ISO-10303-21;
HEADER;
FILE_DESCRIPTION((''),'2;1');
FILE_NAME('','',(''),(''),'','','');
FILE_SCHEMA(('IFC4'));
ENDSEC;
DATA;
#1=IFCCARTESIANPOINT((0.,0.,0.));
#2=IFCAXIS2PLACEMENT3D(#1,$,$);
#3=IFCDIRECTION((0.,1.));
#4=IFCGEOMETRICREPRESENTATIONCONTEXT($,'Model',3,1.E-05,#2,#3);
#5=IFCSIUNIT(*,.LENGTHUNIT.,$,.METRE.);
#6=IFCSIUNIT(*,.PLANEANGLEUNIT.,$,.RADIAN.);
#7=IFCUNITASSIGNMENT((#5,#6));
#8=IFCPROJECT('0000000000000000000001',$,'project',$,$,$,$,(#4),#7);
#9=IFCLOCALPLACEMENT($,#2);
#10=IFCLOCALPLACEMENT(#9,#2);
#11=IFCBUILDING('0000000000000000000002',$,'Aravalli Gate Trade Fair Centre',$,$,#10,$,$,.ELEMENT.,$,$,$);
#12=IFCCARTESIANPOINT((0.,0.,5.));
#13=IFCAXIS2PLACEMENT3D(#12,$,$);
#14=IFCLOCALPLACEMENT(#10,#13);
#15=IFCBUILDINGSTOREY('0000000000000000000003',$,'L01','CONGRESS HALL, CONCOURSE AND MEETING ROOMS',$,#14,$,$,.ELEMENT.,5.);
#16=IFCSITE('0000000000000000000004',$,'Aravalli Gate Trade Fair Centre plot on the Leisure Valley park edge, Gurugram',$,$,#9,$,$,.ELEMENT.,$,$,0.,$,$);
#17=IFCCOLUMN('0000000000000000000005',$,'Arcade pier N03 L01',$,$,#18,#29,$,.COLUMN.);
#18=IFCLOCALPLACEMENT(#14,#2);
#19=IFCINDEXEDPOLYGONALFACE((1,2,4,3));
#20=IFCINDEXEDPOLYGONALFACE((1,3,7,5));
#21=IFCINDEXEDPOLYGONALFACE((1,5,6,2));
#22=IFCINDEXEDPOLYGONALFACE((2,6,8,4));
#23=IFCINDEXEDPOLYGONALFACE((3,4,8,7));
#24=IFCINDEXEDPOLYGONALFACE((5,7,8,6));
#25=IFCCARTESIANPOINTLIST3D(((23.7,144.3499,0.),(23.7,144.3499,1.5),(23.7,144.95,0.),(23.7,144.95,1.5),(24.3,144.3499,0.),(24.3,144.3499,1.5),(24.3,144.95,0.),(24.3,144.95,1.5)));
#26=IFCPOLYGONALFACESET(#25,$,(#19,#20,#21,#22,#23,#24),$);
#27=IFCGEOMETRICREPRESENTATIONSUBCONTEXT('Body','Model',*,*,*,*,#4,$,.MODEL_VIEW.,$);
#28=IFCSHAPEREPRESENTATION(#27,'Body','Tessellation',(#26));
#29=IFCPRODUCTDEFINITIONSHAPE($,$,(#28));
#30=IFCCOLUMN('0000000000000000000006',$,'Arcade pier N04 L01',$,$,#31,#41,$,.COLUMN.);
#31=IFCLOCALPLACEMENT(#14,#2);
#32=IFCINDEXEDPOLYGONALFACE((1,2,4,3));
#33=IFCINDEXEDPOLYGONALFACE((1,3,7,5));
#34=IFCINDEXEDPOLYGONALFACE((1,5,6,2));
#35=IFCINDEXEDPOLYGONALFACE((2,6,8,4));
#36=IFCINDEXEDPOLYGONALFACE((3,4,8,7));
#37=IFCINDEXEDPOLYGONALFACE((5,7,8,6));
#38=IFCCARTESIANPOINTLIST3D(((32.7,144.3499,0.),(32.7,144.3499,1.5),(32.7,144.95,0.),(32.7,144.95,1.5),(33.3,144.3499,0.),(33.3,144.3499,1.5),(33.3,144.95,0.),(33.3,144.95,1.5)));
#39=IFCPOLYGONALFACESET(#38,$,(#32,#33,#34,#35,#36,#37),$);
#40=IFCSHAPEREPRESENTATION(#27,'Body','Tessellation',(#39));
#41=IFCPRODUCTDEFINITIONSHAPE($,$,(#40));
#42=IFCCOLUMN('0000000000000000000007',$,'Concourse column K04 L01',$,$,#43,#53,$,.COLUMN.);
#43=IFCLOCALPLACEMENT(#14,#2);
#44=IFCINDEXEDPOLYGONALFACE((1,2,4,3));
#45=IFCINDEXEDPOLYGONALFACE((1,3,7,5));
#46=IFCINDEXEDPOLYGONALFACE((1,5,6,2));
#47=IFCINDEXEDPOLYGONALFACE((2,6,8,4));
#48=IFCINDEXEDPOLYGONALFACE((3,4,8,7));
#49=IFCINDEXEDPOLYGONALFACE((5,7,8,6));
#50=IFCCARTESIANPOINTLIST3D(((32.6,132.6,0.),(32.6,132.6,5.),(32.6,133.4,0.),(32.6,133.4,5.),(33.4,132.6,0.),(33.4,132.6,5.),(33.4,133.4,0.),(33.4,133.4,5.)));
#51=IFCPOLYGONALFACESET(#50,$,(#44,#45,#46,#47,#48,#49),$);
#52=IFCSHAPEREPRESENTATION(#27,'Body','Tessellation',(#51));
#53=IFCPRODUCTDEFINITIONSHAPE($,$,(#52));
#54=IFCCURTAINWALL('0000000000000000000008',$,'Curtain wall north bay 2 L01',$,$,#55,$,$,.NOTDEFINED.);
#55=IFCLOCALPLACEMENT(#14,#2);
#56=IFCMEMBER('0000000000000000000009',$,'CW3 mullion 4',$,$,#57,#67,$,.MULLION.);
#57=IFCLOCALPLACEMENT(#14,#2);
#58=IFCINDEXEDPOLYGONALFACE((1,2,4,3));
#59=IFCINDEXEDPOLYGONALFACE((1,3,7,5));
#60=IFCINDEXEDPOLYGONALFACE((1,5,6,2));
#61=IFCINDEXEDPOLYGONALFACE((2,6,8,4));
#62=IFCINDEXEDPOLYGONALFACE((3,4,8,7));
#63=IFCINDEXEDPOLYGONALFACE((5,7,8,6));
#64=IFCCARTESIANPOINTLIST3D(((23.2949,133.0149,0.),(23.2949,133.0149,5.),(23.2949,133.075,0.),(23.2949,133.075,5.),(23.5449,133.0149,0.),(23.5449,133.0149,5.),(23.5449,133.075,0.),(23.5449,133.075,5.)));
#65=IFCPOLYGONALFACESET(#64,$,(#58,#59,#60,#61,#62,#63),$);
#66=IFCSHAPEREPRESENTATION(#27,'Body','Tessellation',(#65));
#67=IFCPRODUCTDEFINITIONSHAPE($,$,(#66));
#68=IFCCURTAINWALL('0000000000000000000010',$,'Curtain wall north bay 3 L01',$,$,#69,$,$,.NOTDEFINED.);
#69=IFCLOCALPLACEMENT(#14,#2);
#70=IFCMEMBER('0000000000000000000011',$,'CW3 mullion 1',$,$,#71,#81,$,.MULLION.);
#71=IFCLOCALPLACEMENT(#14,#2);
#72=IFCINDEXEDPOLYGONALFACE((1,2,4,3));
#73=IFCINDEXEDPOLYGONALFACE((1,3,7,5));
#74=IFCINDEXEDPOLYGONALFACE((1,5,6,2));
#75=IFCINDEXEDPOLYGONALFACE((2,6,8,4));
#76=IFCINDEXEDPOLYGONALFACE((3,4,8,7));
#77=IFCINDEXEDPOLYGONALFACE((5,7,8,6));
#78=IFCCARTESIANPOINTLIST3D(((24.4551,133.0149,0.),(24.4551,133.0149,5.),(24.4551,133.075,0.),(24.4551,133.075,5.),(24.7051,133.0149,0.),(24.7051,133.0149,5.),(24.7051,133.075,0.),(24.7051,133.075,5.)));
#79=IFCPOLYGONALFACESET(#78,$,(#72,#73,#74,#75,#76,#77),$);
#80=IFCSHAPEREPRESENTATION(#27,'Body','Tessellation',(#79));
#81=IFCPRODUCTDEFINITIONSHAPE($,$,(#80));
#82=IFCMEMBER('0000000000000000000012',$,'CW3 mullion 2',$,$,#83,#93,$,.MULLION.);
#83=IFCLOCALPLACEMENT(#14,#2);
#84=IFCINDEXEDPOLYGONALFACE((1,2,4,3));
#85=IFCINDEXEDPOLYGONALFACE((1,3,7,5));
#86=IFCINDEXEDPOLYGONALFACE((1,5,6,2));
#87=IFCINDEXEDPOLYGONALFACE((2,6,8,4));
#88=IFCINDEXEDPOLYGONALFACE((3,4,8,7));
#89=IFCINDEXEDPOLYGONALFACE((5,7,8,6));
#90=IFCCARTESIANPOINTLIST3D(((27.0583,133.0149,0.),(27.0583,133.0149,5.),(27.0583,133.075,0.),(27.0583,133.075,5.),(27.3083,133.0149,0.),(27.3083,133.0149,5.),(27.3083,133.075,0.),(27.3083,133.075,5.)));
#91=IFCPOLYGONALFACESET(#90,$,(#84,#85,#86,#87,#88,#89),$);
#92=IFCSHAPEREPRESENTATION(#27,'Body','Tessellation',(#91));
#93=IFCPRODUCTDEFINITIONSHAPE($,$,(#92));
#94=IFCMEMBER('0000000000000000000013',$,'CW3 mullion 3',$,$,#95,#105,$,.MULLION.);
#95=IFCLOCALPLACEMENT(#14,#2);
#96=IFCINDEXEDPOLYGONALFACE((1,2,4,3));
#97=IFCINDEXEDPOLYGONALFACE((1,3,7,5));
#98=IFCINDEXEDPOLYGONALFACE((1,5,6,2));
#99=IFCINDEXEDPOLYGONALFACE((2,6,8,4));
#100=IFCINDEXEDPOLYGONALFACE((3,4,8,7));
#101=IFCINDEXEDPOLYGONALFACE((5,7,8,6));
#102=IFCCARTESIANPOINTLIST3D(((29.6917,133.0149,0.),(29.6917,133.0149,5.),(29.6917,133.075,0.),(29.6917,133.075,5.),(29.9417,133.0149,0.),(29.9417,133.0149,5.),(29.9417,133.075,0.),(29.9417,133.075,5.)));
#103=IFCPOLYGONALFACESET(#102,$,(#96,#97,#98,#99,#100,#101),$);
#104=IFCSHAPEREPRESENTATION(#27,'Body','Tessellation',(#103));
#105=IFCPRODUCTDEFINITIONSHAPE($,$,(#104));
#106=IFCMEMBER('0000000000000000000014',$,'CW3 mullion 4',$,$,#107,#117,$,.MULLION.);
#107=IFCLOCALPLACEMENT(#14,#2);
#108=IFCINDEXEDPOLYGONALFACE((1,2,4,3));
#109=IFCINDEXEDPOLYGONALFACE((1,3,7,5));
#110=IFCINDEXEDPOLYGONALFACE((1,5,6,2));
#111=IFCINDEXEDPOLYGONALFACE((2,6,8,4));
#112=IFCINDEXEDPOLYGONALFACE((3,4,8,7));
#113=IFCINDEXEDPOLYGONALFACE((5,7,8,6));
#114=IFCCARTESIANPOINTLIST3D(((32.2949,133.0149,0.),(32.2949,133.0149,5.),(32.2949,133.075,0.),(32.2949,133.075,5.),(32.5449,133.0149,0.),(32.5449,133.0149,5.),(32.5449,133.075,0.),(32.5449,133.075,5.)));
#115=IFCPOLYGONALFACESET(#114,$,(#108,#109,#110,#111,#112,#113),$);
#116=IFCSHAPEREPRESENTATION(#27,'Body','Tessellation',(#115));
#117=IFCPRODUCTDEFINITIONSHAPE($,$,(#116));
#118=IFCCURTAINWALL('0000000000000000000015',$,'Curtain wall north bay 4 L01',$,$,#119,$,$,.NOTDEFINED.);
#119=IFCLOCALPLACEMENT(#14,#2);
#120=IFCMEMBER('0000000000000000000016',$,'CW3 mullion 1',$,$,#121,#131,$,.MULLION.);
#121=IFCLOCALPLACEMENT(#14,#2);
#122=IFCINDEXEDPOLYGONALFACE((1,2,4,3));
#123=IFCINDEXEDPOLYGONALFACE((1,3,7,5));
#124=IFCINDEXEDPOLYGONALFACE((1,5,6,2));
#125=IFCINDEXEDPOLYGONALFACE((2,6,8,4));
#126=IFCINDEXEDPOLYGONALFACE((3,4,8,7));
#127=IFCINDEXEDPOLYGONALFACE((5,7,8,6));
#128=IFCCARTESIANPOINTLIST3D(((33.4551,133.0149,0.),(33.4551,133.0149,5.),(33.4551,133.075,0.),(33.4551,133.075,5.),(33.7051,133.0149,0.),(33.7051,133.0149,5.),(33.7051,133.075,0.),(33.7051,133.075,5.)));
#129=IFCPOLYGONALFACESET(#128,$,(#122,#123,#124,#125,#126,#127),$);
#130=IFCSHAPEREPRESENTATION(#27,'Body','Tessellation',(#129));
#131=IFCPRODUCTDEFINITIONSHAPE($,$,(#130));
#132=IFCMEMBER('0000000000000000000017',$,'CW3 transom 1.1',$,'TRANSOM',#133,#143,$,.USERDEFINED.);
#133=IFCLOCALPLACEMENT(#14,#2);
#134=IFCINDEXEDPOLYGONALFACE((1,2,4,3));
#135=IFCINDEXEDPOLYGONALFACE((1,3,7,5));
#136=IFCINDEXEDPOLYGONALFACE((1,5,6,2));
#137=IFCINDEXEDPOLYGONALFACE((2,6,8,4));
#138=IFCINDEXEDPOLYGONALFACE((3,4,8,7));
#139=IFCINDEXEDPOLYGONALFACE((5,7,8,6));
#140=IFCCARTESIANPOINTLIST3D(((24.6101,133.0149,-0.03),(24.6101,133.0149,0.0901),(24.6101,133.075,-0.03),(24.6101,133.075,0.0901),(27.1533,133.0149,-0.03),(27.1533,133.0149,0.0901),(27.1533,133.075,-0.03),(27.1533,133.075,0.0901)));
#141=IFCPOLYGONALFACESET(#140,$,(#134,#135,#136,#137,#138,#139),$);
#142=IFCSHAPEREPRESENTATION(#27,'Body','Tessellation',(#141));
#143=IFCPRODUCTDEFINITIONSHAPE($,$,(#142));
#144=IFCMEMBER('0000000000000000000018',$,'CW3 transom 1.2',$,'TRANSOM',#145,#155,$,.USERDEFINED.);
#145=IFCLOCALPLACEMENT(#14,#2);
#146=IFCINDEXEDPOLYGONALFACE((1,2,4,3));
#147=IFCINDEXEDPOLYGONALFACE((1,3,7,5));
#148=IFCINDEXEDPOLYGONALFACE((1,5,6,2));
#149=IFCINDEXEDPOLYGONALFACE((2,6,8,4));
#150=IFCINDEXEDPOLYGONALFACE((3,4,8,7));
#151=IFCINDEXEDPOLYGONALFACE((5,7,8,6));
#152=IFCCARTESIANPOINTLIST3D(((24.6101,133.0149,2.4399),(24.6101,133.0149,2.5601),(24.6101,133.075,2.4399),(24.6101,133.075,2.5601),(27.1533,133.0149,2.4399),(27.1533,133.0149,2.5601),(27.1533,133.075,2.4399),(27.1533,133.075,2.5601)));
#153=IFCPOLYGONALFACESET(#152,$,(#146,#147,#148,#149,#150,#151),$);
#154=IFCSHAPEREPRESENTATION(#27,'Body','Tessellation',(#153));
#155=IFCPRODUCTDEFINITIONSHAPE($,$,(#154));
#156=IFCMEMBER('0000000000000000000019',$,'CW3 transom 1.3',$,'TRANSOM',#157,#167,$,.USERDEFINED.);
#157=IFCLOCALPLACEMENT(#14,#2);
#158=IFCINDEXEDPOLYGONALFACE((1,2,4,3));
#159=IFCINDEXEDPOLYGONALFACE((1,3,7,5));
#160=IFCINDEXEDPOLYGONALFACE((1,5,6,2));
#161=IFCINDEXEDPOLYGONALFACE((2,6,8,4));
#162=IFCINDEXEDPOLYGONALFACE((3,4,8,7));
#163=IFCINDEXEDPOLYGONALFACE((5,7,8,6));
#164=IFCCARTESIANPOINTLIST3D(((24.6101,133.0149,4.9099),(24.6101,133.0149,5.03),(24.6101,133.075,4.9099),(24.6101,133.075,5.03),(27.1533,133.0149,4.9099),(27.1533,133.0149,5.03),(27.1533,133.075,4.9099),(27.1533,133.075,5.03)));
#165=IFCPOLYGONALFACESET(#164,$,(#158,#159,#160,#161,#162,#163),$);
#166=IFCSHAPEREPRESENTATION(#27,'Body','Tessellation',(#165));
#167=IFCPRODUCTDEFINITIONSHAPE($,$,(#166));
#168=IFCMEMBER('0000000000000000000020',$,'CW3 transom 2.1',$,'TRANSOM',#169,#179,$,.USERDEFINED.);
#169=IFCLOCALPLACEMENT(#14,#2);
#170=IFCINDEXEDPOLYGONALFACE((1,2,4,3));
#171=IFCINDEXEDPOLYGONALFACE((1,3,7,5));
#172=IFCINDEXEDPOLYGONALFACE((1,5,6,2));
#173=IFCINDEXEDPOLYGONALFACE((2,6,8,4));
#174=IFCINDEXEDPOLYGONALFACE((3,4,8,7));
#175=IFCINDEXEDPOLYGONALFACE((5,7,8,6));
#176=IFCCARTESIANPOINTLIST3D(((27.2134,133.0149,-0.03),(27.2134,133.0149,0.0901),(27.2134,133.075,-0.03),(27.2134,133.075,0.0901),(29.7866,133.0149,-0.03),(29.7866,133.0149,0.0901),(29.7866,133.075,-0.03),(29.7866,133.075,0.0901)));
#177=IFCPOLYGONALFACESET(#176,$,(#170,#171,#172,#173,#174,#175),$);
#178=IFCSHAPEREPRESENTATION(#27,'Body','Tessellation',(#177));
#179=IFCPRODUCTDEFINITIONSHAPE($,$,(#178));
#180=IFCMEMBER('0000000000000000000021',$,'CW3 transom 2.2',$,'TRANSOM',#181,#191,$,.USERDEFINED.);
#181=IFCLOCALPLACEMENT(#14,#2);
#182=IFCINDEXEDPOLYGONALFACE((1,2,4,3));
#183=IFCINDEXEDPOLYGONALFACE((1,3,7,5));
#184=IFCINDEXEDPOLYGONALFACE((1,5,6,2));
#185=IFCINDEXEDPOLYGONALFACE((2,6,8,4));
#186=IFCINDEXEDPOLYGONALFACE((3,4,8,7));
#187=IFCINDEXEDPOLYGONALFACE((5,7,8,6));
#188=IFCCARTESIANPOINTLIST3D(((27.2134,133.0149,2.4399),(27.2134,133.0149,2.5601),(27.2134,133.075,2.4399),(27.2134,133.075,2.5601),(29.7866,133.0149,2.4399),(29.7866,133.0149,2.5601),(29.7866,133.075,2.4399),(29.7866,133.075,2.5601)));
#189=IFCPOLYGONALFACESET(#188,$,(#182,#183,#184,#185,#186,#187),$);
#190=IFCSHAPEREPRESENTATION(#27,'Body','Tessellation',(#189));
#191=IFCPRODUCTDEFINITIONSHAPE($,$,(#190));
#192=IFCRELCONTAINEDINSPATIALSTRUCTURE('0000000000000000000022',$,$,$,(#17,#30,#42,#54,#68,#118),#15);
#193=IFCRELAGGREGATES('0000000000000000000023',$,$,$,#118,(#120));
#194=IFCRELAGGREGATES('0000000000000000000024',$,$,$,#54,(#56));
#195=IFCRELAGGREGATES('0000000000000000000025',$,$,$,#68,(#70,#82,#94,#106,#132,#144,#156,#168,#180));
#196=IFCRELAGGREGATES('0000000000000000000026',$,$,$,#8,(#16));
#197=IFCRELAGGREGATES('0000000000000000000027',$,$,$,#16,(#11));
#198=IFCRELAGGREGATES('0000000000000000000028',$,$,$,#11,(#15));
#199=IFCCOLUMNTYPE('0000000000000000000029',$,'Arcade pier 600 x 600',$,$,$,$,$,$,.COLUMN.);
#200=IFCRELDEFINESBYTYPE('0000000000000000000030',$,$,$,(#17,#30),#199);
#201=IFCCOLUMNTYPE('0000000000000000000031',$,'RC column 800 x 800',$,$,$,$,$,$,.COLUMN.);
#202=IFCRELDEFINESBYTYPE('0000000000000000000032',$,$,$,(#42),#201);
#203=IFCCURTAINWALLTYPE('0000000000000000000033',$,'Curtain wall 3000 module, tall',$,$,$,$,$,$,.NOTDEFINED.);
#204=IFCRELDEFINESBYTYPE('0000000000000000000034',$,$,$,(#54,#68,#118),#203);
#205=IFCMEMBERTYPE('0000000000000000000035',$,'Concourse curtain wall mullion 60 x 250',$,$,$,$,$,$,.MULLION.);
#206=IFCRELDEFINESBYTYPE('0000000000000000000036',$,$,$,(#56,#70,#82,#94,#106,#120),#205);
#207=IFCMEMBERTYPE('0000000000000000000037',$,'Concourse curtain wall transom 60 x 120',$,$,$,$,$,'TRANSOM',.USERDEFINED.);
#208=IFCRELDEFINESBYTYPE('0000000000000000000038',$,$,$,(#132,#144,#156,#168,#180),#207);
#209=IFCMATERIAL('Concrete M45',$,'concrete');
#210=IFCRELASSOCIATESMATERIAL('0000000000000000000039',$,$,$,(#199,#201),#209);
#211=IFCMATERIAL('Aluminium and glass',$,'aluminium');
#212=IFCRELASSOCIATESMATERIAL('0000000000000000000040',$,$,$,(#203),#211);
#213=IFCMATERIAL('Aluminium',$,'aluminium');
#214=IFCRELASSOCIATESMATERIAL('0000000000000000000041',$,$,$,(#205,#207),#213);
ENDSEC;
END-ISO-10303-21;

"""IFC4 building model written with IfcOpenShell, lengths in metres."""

from ifc_helpers import new_model, si_unit, direction, frame, origin, origin_2d, place, context, subcontext, project, spatial, rectangle, extrude, material, material_profile, profile_set, type_object, element, aggregate, save


model = new_model("IFC4")

# Units and contexts
model_context = context("Model", 3, precision=1e-05, world=origin(), true_north=direction((0.0, 1.0)))
body_context = subcontext(model_context, "Body", "Model", "MODEL_VIEW")
ifc_project = project(units=[si_unit("LENGTHUNIT", "METRE"), si_unit("PLANEANGLEUNIT", "RADIAN")], contexts=[model_context])

# Site, building, storey
site_placement = place(None, origin())
site = spatial("IfcSite", under=ifc_project, at=site_placement, Name="Aravalli Gate Trade Fair Centre plot on the Leisure Valley park edge, Gurugram", CompositionType="ELEMENT", RefElevation=0.0)
building_placement = place(site_placement, origin())
building = spatial("IfcBuilding", under=site, at=building_placement, Name="Aravalli Gate Trade Fair Centre", CompositionType="ELEMENT")
storey_placement = place(building_placement, frame((0.0, 0.0, 5.0)))
storey = spatial("IfcBuildingStorey", under=building, at=storey_placement, Name="L01", Description="CONGRESS HALL, CONCOURSE AND MEETING ROOMS", CompositionType="ELEMENT", Elevation=5.0)

# Columns
ifc_material_1 = material(Name="Concrete M45", Category="concrete")
ifc_material_profile_1 = material_profile(ifc_material_1, rectangle(XDim=0.6001, YDim=0.6001, at=origin_2d()), Name="Arcade pier 600 x 600")
ifc_profile_set_1 = profile_set([ifc_material_profile_1], Name="Concrete M45")
column_type_1 = type_object("IfcColumnType", Name="Arcade pier 600 x 600", PredefinedType="COLUMN", material=ifc_profile_set_1)
for number, where, z_axis, x_axis, name in (
    (1, (24.0, 144.6499, 0.0), (0.0, 0.0, 1.0), (1.0, 0.0, 0.0), "Arcade pier N03 L01"),
    (2, (33.0, 144.6499, 0.0), (0.0, 0.0, 1.0), (1.0, 0.0, 0.0), "Arcade pier N04 L01"),
):
    element("IfcColumn", number, at=place(storey_placement, frame(where, z_axis=z_axis, x_axis=x_axis)), inside=storey, type_object=column_type_1, Name=name, PredefinedType="COLUMN", context=body_context, shape_type="SweptSolid", body=[
        extrude(rectangle(XDim=0.6001, YDim=0.6001, at=origin_2d()), origin(), (0.0, 0.0, 1.0), 1.5),
    ])
ifc_material_profile_2 = material_profile(ifc_material_1, rectangle(XDim=0.8, YDim=0.8, at=origin_2d()), Name="RC column 800 x 800")
ifc_profile_set_2 = profile_set([ifc_material_profile_2], Name="Concrete M45")
column_type_2 = type_object("IfcColumnType", Name="RC column 800 x 800", PredefinedType="COLUMN", material=ifc_profile_set_2)
column_placement = place(storey_placement, frame((33.0, 133.0, 0.0), z_axis=(0.0, 0.0, 1.0), x_axis=(1.0, 0.0, 0.0)))
element("IfcColumn", 3, at=column_placement, inside=storey, type_object=column_type_2, Name="Concourse column K04 L01", PredefinedType="COLUMN", context=body_context, shape_type="SweptSolid", body=[
    extrude(rectangle(XDim=0.8, YDim=0.8, at=origin_2d()), origin(), (0.0, 0.0, 1.0), 5.0),
])

# Curtain wall, member
ifc_material_2 = material(Name="Aluminium and glass", Category="aluminium")
curtain_wall_type = type_object("IfcCurtainWallType", Name="Curtain wall 3000 module, tall", PredefinedType="NOTDEFINED", material=ifc_material_2)
curtain_wall_1_placement = place(storey_placement, origin())
curtain_wall_1 = element("IfcCurtainWall", 4, at=curtain_wall_1_placement, inside=storey, type_object=curtain_wall_type, Name="Curtain wall north bay 2 L01", PredefinedType="NOTDEFINED")
ifc_material_3 = material(Name="Aluminium", Category="aluminium")
ifc_material_profile_3 = material_profile(ifc_material_3, rectangle(XDim=0.0601, YDim=0.25, at=origin_2d()), Name="Concourse curtain wall mullion 60 x 250")
ifc_profile_set_3 = profile_set([ifc_material_profile_3], Name="Aluminium")
member_type_1 = type_object("IfcMemberType", Name="Concourse curtain wall mullion 60 x 250", PredefinedType="MULLION", material=ifc_profile_set_3)
member_1_placement = place(storey_placement, frame((23.4199, 133.0449, 0.0), z_axis=(0.0, 0.0, 1.0), x_axis=(0.0, 1.0, 0.0)))
member_1 = element("IfcMember", 5, at=member_1_placement, type_object=member_type_1, Name="CW3 mullion 4", PredefinedType="MULLION", context=body_context, shape_type="SweptSolid", body=[
    extrude(rectangle(XDim=0.0601, YDim=0.25, at=origin_2d()), origin(), (0.0, 0.0, 1.0), 5.0),
])

# Curtain wall, members
curtain_wall_2_placement = place(storey_placement, origin())
curtain_wall_2 = element("IfcCurtainWall", 6, at=curtain_wall_2_placement, inside=storey, type_object=curtain_wall_type, Name="Curtain wall north bay 3 L01", PredefinedType="NOTDEFINED")
member_2_placement = place(storey_placement, frame((24.5801, 133.0449, 0.0), z_axis=(0.0, 0.0, 1.0), x_axis=(0.0, 1.0, 0.0)))
member_2 = element("IfcMember", 7, at=member_2_placement, type_object=member_type_1, Name="CW3 mullion 1", PredefinedType="MULLION", context=body_context, shape_type="SweptSolid", body=[
    extrude(rectangle(XDim=0.0601, YDim=0.25, at=origin_2d()), origin(), (0.0, 0.0, 1.0), 5.0),
])
member_3_placement = place(storey_placement, frame((27.1833, 133.0449, 0.0), z_axis=(0.0, 0.0, 1.0), x_axis=(0.0, 1.0, 0.0)))
member_3 = element("IfcMember", 8, at=member_3_placement, type_object=member_type_1, Name="CW3 mullion 2", PredefinedType="MULLION", context=body_context, shape_type="SweptSolid", body=[
    extrude(rectangle(XDim=0.0601, YDim=0.25, at=origin_2d()), origin(), (0.0, 0.0, 1.0), 5.0),
])
member_4_placement = place(storey_placement, frame((29.8167, 133.0449, 0.0), z_axis=(0.0, 0.0, 1.0), x_axis=(0.0, 1.0, 0.0)))
member_4 = element("IfcMember", 9, at=member_4_placement, type_object=member_type_1, Name="CW3 mullion 3", PredefinedType="MULLION", context=body_context, shape_type="SweptSolid", body=[
    extrude(rectangle(XDim=0.0601, YDim=0.25, at=origin_2d()), origin(), (0.0, 0.0, 1.0), 5.0),
])
member_5_placement = place(storey_placement, frame((32.4199, 133.0449, 0.0), z_axis=(0.0, 0.0, 1.0), x_axis=(0.0, 1.0, 0.0)))
member_5 = element("IfcMember", 10, at=member_5_placement, type_object=member_type_1, Name="CW3 mullion 4", PredefinedType="MULLION", context=body_context, shape_type="SweptSolid", body=[
    extrude(rectangle(XDim=0.0601, YDim=0.25, at=origin_2d()), origin(), (0.0, 0.0, 1.0), 5.0),
])

# Curtain wall, member
curtain_wall_3_placement = place(storey_placement, origin())
curtain_wall_3 = element("IfcCurtainWall", 11, at=curtain_wall_3_placement, inside=storey, type_object=curtain_wall_type, Name="Curtain wall north bay 4 L01", PredefinedType="NOTDEFINED")
member_6_placement = place(storey_placement, frame((33.5801, 133.0449, 0.0), z_axis=(0.0, 0.0, 1.0), x_axis=(0.0, 1.0, 0.0)))
member_6 = element("IfcMember", 12, at=member_6_placement, type_object=member_type_1, Name="CW3 mullion 1", PredefinedType="MULLION", context=body_context, shape_type="SweptSolid", body=[
    extrude(rectangle(XDim=0.0601, YDim=0.25, at=origin_2d()), origin(), (0.0, 0.0, 1.0), 5.0),
])

# Members
ifc_material_profile_4 = material_profile(ifc_material_3, rectangle(XDim=0.0601, YDim=0.1201, at=origin_2d()), Name="Concourse curtain wall transom 60 x 120")
ifc_profile_set_4 = profile_set([ifc_material_profile_4], Name="Aluminium")
member_type_2 = type_object("IfcMemberType", Name="Concourse curtain wall transom 60 x 120", ElementType="TRANSOM", PredefinedType="USERDEFINED", material=ifc_profile_set_4)
member_7_placement = place(storey_placement, frame((24.6101, 133.0449, 0.03), z_axis=(1.0, 0.0, 0.0), x_axis=(0.0, 1.0, 0.0)))
member_7 = element("IfcMember", 13, at=member_7_placement, type_object=member_type_2, Name="CW3 transom 1.1", ObjectType="TRANSOM", PredefinedType="USERDEFINED", context=body_context, shape_type="SweptSolid", body=[
    extrude(rectangle(XDim=0.0601, YDim=0.1201, at=origin_2d()), origin(), (0.0, 0.0, 1.0), 2.5432),
])
member_8_placement = place(storey_placement, frame((24.6101, 133.0449, 2.5), z_axis=(1.0, 0.0, 0.0), x_axis=(0.0, 1.0, 0.0)))
member_8 = element("IfcMember", 14, at=member_8_placement, type_object=member_type_2, Name="CW3 transom 1.2", ObjectType="TRANSOM", PredefinedType="USERDEFINED", context=body_context, shape_type="SweptSolid", body=[
    extrude(rectangle(XDim=0.0601, YDim=0.1201, at=origin_2d()), origin(), (0.0, 0.0, 1.0), 2.5432),
])
member_9_placement = place(storey_placement, frame((24.6101, 133.0449, 4.97), z_axis=(1.0, 0.0, 0.0), x_axis=(0.0, 1.0, 0.0)))
member_9 = element("IfcMember", 15, at=member_9_placement, type_object=member_type_2, Name="CW3 transom 1.3", ObjectType="TRANSOM", PredefinedType="USERDEFINED", context=body_context, shape_type="SweptSolid", body=[
    extrude(rectangle(XDim=0.0601, YDim=0.1201, at=origin_2d()), origin(), (0.0, 0.0, 1.0), 2.5432),
])
member_10_placement = place(storey_placement, frame((27.2134, 133.0449, 0.03), z_axis=(1.0, 0.0, 0.0), x_axis=(0.0, 1.0, 0.0)))
member_10 = element("IfcMember", 16, at=member_10_placement, type_object=member_type_2, Name="CW3 transom 2.1", ObjectType="TRANSOM", PredefinedType="USERDEFINED", context=body_context, shape_type="SweptSolid", body=[
    extrude(rectangle(XDim=0.0601, YDim=0.1201, at=origin_2d()), origin(), (0.0, 0.0, 1.0), 2.5732),
])
member_11_placement = place(storey_placement, frame((27.2134, 133.0449, 2.5), z_axis=(1.0, 0.0, 0.0), x_axis=(0.0, 1.0, 0.0)))
member_11 = element("IfcMember", 17, at=member_11_placement, type_object=member_type_2, Name="CW3 transom 2.2", ObjectType="TRANSOM", PredefinedType="USERDEFINED", context=body_context, shape_type="SweptSolid", body=[
    extrude(rectangle(XDim=0.0601, YDim=0.1201, at=origin_2d()), origin(), (0.0, 0.0, 1.0), 2.5732),
])
aggregate(curtain_wall_3, [member_6])

aggregate(curtain_wall_1, [member_1])
aggregate(curtain_wall_2, [member_2, member_3, member_4, member_5, member_7, member_8, member_9, member_10, member_11])

save(model, "model.ifc")
